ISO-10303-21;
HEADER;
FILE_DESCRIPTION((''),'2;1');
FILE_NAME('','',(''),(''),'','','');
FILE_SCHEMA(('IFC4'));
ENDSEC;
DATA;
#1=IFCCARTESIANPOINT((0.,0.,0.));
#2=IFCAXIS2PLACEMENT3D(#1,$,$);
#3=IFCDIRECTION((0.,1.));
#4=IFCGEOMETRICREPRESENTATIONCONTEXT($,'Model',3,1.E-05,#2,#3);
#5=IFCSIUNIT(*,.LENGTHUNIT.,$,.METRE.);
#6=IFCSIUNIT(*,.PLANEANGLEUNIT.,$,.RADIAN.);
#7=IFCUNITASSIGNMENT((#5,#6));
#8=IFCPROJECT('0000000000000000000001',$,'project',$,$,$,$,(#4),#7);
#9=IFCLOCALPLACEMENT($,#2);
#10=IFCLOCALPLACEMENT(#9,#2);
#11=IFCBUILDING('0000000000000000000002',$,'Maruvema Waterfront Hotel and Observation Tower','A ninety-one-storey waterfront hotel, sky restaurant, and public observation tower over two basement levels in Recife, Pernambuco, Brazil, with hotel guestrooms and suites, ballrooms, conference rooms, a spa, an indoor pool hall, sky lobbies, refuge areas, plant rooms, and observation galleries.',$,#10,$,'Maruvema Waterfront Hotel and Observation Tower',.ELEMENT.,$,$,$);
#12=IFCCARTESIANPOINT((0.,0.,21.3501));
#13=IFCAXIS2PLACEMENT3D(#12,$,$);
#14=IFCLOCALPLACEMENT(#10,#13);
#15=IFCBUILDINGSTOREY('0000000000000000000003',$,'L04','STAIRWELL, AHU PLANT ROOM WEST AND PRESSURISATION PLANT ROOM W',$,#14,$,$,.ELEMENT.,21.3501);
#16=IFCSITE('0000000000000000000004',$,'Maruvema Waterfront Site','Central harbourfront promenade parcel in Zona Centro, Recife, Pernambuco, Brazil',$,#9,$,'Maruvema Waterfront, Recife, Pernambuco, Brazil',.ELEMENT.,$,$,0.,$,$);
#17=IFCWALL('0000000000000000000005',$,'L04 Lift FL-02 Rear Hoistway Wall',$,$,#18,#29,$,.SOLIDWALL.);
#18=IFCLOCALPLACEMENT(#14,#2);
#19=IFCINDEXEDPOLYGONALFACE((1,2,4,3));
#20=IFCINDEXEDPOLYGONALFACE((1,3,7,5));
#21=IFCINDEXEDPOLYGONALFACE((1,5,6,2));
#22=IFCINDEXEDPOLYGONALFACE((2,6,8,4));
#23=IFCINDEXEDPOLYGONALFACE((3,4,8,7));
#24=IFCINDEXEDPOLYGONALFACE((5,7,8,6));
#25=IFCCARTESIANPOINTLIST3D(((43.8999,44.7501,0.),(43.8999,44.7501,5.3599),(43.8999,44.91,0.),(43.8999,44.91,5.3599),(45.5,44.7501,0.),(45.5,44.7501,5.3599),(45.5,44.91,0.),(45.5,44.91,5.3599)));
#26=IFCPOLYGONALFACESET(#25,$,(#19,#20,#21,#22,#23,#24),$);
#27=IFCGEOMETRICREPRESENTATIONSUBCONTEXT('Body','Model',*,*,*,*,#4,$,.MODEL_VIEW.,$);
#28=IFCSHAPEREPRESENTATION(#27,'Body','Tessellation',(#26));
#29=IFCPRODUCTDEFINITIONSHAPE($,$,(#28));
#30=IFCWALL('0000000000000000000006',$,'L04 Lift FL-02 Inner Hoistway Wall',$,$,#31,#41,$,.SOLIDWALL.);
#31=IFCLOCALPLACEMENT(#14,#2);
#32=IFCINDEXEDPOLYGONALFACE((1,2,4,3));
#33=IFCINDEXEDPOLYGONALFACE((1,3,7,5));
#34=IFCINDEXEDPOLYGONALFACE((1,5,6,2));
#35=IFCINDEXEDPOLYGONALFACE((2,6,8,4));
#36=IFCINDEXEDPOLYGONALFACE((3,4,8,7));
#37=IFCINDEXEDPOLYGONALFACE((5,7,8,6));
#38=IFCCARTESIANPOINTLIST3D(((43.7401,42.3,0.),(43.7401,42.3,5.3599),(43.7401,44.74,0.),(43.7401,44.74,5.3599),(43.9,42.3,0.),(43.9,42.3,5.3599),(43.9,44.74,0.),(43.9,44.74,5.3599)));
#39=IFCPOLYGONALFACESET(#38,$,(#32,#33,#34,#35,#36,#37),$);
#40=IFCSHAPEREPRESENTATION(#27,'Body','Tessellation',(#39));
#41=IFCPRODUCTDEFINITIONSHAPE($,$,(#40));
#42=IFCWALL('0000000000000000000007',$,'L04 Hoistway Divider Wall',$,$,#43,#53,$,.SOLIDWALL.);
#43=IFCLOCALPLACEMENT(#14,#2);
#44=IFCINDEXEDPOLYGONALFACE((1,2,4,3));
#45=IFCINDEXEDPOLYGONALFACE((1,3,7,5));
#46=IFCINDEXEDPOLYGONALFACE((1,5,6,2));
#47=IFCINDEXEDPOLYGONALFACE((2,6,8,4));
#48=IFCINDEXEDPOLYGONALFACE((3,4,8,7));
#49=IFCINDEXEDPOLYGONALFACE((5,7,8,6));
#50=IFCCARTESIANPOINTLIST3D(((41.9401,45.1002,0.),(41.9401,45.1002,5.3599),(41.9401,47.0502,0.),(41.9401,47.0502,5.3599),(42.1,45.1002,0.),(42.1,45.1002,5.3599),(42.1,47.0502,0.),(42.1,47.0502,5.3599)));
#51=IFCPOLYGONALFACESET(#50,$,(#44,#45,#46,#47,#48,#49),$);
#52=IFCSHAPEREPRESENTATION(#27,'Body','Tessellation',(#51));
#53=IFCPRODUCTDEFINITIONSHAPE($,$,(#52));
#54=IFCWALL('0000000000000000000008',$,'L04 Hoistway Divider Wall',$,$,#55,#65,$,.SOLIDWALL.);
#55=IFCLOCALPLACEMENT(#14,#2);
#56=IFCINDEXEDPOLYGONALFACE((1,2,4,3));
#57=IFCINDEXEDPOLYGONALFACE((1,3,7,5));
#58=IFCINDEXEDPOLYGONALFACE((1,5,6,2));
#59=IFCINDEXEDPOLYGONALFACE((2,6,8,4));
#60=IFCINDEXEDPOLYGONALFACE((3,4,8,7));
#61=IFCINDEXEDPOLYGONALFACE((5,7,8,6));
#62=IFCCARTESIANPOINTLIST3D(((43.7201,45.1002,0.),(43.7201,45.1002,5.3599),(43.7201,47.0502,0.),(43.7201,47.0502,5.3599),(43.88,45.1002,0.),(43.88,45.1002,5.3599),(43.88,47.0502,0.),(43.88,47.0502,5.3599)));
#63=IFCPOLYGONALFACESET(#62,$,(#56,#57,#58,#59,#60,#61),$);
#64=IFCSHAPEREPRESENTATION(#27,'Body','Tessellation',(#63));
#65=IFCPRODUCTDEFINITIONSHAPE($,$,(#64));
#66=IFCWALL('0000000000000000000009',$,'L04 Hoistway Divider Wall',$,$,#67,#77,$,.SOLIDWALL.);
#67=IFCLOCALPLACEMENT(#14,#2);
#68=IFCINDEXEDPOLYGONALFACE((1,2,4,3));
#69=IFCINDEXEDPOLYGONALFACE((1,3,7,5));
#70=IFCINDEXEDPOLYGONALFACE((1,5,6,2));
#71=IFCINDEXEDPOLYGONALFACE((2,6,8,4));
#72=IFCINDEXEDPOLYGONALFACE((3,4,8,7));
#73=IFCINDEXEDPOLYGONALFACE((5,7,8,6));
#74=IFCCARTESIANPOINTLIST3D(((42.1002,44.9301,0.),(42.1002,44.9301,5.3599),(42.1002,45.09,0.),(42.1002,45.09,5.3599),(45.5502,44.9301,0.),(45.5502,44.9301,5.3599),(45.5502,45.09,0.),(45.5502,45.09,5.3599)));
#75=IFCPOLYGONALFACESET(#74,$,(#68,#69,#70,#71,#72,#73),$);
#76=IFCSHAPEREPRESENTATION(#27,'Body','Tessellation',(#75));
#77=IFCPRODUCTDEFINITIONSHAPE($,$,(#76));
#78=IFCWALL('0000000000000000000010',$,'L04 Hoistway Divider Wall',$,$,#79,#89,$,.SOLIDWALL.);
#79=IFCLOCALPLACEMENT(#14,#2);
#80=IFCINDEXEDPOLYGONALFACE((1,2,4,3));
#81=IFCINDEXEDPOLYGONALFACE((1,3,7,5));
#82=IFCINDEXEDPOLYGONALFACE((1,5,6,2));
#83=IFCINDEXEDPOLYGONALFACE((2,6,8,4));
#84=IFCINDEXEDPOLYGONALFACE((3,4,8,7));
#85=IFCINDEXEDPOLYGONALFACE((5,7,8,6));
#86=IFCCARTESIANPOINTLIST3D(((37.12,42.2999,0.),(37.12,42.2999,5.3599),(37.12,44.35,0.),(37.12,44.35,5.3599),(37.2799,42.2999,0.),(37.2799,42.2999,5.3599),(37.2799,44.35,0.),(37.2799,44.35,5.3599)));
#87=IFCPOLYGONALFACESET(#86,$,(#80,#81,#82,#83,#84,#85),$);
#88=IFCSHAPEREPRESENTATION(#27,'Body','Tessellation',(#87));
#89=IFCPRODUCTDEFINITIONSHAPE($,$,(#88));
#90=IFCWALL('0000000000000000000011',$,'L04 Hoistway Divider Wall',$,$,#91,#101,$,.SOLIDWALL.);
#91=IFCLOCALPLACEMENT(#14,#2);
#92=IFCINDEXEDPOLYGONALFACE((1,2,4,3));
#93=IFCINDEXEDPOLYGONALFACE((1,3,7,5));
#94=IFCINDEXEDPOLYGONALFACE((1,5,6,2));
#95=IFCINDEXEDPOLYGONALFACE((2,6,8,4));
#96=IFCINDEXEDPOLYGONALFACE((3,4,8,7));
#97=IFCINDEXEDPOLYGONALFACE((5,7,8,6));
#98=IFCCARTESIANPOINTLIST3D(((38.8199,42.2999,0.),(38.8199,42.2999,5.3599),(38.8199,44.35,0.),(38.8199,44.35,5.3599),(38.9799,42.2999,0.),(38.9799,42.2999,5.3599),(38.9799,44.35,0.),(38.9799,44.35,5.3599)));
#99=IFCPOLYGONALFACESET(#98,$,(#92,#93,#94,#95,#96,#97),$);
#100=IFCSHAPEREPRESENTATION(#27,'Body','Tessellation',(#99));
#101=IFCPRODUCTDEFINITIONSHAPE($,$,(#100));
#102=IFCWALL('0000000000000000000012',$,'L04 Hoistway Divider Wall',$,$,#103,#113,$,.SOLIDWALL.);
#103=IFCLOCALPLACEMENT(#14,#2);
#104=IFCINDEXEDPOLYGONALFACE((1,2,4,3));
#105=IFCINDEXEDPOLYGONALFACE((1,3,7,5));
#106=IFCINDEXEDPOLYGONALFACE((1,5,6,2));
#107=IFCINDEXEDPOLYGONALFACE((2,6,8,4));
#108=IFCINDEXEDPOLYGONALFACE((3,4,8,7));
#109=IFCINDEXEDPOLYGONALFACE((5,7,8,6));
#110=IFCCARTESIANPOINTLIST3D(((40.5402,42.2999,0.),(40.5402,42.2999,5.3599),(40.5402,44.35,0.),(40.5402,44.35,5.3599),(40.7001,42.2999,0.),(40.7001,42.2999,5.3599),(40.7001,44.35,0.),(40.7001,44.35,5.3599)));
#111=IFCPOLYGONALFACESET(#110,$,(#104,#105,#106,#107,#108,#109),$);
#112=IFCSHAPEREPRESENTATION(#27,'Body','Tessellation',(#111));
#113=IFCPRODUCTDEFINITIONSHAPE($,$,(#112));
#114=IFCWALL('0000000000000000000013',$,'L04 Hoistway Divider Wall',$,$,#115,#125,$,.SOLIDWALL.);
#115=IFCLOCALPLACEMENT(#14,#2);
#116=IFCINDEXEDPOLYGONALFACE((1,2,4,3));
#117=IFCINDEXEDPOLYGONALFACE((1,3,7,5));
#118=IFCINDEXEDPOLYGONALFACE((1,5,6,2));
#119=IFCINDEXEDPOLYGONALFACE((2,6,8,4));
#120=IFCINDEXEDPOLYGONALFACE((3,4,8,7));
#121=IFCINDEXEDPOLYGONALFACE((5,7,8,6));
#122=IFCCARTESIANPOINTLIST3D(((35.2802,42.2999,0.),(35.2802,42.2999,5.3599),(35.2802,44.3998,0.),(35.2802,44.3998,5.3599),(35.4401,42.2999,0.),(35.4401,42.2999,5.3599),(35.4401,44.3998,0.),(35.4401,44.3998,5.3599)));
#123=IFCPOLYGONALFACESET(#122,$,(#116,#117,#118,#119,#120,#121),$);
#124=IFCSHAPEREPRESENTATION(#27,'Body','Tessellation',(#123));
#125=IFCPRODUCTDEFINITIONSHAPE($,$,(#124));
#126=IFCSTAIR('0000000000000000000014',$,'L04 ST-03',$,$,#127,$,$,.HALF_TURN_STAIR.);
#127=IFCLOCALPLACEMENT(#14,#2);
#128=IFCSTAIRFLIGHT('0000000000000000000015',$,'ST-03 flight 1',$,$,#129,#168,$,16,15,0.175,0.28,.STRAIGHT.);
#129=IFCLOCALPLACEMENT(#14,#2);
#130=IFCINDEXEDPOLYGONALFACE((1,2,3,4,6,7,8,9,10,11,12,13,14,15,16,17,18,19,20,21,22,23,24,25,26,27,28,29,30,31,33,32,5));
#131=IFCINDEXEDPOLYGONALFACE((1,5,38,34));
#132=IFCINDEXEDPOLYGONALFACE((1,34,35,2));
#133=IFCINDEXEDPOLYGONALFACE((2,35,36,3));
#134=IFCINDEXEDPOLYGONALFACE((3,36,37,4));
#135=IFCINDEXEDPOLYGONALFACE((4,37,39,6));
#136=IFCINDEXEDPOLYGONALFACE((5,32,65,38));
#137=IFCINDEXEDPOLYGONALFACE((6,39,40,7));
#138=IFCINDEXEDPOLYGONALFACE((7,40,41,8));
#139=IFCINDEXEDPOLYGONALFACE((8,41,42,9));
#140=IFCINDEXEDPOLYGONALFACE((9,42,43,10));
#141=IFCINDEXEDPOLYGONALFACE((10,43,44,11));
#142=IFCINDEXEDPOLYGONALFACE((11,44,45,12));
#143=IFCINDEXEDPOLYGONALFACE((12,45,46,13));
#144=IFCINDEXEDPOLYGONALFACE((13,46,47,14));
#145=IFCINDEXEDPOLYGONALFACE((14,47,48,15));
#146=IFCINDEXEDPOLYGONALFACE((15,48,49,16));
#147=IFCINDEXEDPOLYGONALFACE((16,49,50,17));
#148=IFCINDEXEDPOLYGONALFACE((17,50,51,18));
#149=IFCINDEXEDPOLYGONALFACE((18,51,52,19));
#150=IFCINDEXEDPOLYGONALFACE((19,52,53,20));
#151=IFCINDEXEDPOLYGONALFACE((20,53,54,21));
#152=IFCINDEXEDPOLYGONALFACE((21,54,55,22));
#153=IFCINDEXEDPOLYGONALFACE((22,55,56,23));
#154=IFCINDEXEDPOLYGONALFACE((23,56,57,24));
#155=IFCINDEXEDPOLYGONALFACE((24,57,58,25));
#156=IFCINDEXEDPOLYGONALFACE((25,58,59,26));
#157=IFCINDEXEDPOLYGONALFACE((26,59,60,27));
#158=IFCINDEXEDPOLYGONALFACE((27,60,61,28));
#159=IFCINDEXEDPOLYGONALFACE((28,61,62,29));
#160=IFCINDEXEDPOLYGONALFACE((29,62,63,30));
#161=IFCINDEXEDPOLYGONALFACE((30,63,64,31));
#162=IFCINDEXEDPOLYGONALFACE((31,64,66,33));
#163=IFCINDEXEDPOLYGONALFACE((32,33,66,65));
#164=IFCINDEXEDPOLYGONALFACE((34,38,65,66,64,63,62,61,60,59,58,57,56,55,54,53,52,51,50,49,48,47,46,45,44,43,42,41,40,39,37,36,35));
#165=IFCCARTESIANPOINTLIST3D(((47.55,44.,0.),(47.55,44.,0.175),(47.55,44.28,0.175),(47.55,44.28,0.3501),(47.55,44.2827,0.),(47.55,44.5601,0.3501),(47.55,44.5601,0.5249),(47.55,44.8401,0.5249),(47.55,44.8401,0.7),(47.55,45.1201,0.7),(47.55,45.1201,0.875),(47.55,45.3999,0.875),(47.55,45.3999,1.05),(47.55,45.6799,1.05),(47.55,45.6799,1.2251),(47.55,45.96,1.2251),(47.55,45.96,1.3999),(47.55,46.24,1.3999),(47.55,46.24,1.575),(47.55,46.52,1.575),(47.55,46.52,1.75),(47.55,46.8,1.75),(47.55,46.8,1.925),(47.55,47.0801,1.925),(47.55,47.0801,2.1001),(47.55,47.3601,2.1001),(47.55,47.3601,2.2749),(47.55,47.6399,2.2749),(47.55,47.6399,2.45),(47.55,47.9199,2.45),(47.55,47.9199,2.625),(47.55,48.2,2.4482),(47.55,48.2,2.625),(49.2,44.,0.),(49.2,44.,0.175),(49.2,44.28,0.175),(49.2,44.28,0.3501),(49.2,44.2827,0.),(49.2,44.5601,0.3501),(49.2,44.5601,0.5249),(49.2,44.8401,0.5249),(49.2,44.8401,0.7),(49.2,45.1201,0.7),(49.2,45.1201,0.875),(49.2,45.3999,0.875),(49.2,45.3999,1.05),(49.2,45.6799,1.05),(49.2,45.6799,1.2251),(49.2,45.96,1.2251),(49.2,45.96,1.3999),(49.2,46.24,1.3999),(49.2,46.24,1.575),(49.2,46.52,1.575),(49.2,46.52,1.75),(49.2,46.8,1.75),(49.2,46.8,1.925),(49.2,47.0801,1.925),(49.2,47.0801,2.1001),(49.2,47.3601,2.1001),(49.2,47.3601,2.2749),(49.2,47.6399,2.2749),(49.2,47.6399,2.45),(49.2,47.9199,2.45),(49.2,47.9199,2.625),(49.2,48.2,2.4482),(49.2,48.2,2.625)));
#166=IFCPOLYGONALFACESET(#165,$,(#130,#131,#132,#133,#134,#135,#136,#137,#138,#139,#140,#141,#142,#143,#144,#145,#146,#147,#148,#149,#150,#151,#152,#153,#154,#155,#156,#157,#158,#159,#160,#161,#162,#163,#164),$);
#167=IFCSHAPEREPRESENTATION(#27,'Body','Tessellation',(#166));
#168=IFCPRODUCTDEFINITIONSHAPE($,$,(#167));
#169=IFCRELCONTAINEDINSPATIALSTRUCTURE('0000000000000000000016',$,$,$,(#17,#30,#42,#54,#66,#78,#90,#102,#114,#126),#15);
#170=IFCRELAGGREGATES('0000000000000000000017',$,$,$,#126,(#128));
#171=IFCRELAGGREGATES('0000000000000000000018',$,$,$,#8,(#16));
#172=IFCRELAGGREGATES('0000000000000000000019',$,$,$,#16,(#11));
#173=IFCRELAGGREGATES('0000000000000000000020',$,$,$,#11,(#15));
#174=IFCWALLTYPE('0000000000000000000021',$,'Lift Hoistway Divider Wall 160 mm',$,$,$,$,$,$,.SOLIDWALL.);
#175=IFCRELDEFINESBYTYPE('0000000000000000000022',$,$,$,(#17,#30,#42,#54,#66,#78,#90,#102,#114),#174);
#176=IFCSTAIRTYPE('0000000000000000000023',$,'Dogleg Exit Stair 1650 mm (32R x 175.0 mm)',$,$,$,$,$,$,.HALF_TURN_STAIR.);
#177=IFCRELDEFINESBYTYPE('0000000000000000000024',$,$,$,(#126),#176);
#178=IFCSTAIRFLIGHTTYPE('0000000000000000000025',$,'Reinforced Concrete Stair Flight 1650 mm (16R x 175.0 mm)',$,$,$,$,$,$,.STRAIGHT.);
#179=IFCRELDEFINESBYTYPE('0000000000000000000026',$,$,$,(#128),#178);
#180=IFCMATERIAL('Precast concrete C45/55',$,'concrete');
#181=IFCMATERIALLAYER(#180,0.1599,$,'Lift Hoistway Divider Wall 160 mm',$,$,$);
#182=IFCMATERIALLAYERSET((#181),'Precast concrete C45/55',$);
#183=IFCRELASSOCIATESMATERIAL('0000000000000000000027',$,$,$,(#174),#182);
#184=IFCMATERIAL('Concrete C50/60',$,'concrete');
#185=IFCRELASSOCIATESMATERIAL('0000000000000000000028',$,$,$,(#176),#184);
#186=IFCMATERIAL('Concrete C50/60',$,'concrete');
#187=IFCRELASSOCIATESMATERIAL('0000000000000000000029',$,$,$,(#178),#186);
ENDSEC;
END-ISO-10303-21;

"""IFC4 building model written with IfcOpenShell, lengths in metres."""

from ifc_helpers import new_model, si_unit, direction, frame, frame_2d, origin, place, context, subcontext, project, spatial, polyline, rectangle, outline, extrude, material, layer, layer_set, type_object, element, aggregate, save


model = new_model("IFC4")

# Units and contexts
model_context = context("Model", 3, precision=1e-05, world=origin(), true_north=direction((0.0, 1.0)))
body_context = subcontext(model_context, "Body", "Model", "MODEL_VIEW")
ifc_project = project(units=[si_unit("LENGTHUNIT", "METRE"), si_unit("PLANEANGLEUNIT", "RADIAN")], contexts=[model_context])

# Site, building, storey
site_placement = place(None, origin())
site = spatial("IfcSite", under=ifc_project, at=site_placement, Name="Maruvema Waterfront Site", Description="Central harbourfront promenade parcel in Zona Centro, Recife, Pernambuco, Brazil", LongName="Maruvema Waterfront, Recife, Pernambuco, Brazil", CompositionType="ELEMENT", RefElevation=0.0)
building_placement = place(site_placement, origin())
building = spatial("IfcBuilding", under=site, at=building_placement, Name="Maruvema Waterfront Hotel and Observation Tower", Description="A ninety-one-storey waterfront hotel, sky restaurant, and public observation tower over two basement levels in Recife, Pernambuco, Brazil, with hotel guestrooms and suites, ballrooms, conference rooms, a spa, an indoor pool hall, sky lobbies, refuge areas, plant rooms, and observation galleries.", LongName="Maruvema Waterfront Hotel and Observation Tower", CompositionType="ELEMENT")
storey_placement = place(building_placement, frame((0.0, 0.0, 21.3501)))
storey = spatial("IfcBuildingStorey", under=building, at=storey_placement, Name="L04", Description="STAIRWELL, AHU PLANT ROOM WEST AND PRESSURISATION PLANT ROOM W", CompositionType="ELEMENT", Elevation=21.3501)

# Walls
ifc_material_1 = material(Name="Precast concrete C45/55", Category="concrete")
ifc_layer_1 = layer(ifc_material_1, 0.1599, Name="Lift Hoistway Divider Wall 160 mm")
ifc_layer_set_1 = layer_set([ifc_layer_1], Name="Precast concrete C45/55")
wall_type_1 = type_object("IfcWallType", Name="Lift Hoistway Divider Wall 160 mm", PredefinedType="SOLIDWALL", material=ifc_layer_set_1)
wall_1_placement = place(storey_placement, frame((43.8999, 44.8301, 0.0), z_axis=(0.0, 0.0, 1.0), x_axis=(1.0, 0.0, 0.0)))
element("IfcWall", 1, at=wall_1_placement, inside=storey, type_object=wall_type_1, Name="L04 Lift FL-02 Rear Hoistway Wall", PredefinedType="SOLIDWALL", context=body_context, shape_type="SweptSolid", body=[
    extrude(rectangle(XDim=1.6001, YDim=0.1599, at=frame_2d((0.8, 0.0))), origin(), (0.0, 0.0, 1.0), 5.3599),
])
wall_2_placement = place(storey_placement, frame((43.8201, 42.3, 0.0), z_axis=(0.0, 0.0, 1.0), x_axis=(0.0, 1.0, 0.0)))
element("IfcWall", 2, at=wall_2_placement, inside=storey, type_object=wall_type_1, Name="L04 Lift FL-02 Inner Hoistway Wall", PredefinedType="SOLIDWALL", context=body_context, shape_type="SweptSolid", body=[
    extrude(rectangle(XDim=2.4399, YDim=0.1599, at=frame_2d((1.22, 0.0))), origin(), (0.0, 0.0, 1.0), 5.3599),
])
for number, where, z_axis, x_axis, name in (
    (3, (42.02, 45.1001, 0.0), (0.0, 0.0, 1.0), (0.0, 1.0, 0.0), "L04 Hoistway Divider Wall"),
    (4, (43.8, 45.1001, 0.0), (0.0, 0.0, 1.0), (0.0, 1.0, 0.0), "L04 Hoistway Divider Wall"),
):
    element("IfcWall", number, at=place(storey_placement, frame(where, z_axis=z_axis, x_axis=x_axis)), inside=storey, type_object=wall_type_1, Name=name, PredefinedType="SOLIDWALL", context=body_context, shape_type="SweptSolid", body=[
        extrude(rectangle(XDim=1.95, YDim=0.1599, at=frame_2d((0.9751, 0.0))), origin(), (0.0, 0.0, 1.0), 5.3599),
    ])
wall_3_placement = place(storey_placement, frame((42.1001, 45.01, 0.0), z_axis=(0.0, 0.0, 1.0), x_axis=(1.0, 0.0, 0.0)))
element("IfcWall", 5, at=wall_3_placement, inside=storey, type_object=wall_type_1, Name="L04 Hoistway Divider Wall", PredefinedType="SOLIDWALL", context=body_context, shape_type="SweptSolid", body=[
    extrude(rectangle(XDim=3.45, YDim=0.1599, at=frame_2d((1.7251, 0.0))), origin(), (0.0, 0.0, 1.0), 5.3599),
])
for number, where, z_axis, x_axis, name in (
    (6, (37.2, 42.3, 0.0), (0.0, 0.0, 1.0), (0.0, 1.0, 0.0), "L04 Hoistway Divider Wall"),
    (7, (38.8999, 42.3, 0.0), (0.0, 0.0, 1.0), (0.0, 1.0, 0.0), "L04 Hoistway Divider Wall"),
    (8, (40.6201, 42.3, 0.0), (0.0, 0.0, 1.0), (0.0, 1.0, 0.0), "L04 Hoistway Divider Wall"),
):
    element("IfcWall", number, at=place(storey_placement, frame(where, z_axis=z_axis, x_axis=x_axis)), inside=storey, type_object=wall_type_1, Name=name, PredefinedType="SOLIDWALL", context=body_context, shape_type="SweptSolid", body=[
        extrude(rectangle(XDim=2.05, YDim=0.1599, at=frame_2d((1.0249, 0.0))), origin(), (0.0, 0.0, 1.0), 5.3599),
    ])
wall_4_placement = place(storey_placement, frame((35.3601, 42.3, 0.0), z_axis=(0.0, 0.0, 1.0), x_axis=(0.0, 1.0, 0.0)))
element("IfcWall", 9, at=wall_4_placement, inside=storey, type_object=wall_type_1, Name="L04 Hoistway Divider Wall", PredefinedType="SOLIDWALL", context=body_context, shape_type="SweptSolid", body=[
    extrude(rectangle(XDim=2.0999, YDim=0.1599, at=frame_2d((1.0498, 0.0))), origin(), (0.0, 0.0, 1.0), 5.3599),
])

# Stair, stair flight
ifc_material_2 = material(Name="Concrete C50/60", Category="concrete")
stair_type = type_object("IfcStairType", Name="Dogleg Exit Stair 1650 mm (32R x 175.0 mm)", PredefinedType="HALF_TURN_STAIR", material=ifc_material_2)
stair_placement = place(storey_placement, origin())
stair = element("IfcStair", 10, at=stair_placement, inside=storey, type_object=stair_type, Name="L04 ST-03", PredefinedType="HALF_TURN_STAIR")
ifc_material_3 = material(Name="Concrete C50/60", Category="concrete")
stair_flight_type = type_object("IfcStairFlightType", Name="Reinforced Concrete Stair Flight 1650 mm (16R x 175.0 mm)", PredefinedType="STRAIGHT", material=ifc_material_3)
stair_flight_placement = place(storey_placement, frame((48.375, 44.0, 0.0), z_axis=(0.0, 0.0, 1.0), x_axis=(0.0, 1.0, 0.0)))
stair_flight = element("IfcStairFlight", 11, at=stair_flight_placement, type_object=stair_flight_type, Name="ST-03 flight 1", NumberOfRisers=16, NumberOfTreads=15, PredefinedType="STRAIGHT", RiserHeight=0.175, TreadLength=0.28, context=body_context, shape_type="SweptSolid", body=[
    extrude(outline(polyline([(0.0, 0.0), (0.0, 0.175), (0.28, 0.175), (0.28, 0.3501), (0.5601, 0.3501), (0.5601, 0.5249), (0.8401, 0.5249), (0.8401, 0.7), (1.1201, 0.7), (1.1201, 0.875), (1.3999, 0.875), (1.3999, 1.05), (1.6799, 1.05), (1.6799, 1.2251), (1.96, 1.2251), (1.96, 1.3999), (2.24, 1.3999), (2.24, 1.575), (2.52, 1.575), (2.52, 1.75), (2.8, 1.75), (2.8, 1.925), (3.0801, 1.925), (3.0801, 2.1001), (3.3601, 2.1001), (3.3601, 2.2749), (3.6399, 2.2749), (3.6399, 2.45), (3.9199, 2.45), (3.9199, 2.625), (4.2, 2.625), (4.2, 2.8), (4.2, 2.4482), (0.2827, 0.0), (0.0, 0.0)])), frame((0.0, 0.825, 0.0), z_axis=(0.0, -1.0, 0.0), x_axis=(1.0, 0.0, 0.0)), (0.0, 0.0, 1.0), 1.6499),
])
aggregate(stair, [stair_flight])

save(model, "model.ifc")
